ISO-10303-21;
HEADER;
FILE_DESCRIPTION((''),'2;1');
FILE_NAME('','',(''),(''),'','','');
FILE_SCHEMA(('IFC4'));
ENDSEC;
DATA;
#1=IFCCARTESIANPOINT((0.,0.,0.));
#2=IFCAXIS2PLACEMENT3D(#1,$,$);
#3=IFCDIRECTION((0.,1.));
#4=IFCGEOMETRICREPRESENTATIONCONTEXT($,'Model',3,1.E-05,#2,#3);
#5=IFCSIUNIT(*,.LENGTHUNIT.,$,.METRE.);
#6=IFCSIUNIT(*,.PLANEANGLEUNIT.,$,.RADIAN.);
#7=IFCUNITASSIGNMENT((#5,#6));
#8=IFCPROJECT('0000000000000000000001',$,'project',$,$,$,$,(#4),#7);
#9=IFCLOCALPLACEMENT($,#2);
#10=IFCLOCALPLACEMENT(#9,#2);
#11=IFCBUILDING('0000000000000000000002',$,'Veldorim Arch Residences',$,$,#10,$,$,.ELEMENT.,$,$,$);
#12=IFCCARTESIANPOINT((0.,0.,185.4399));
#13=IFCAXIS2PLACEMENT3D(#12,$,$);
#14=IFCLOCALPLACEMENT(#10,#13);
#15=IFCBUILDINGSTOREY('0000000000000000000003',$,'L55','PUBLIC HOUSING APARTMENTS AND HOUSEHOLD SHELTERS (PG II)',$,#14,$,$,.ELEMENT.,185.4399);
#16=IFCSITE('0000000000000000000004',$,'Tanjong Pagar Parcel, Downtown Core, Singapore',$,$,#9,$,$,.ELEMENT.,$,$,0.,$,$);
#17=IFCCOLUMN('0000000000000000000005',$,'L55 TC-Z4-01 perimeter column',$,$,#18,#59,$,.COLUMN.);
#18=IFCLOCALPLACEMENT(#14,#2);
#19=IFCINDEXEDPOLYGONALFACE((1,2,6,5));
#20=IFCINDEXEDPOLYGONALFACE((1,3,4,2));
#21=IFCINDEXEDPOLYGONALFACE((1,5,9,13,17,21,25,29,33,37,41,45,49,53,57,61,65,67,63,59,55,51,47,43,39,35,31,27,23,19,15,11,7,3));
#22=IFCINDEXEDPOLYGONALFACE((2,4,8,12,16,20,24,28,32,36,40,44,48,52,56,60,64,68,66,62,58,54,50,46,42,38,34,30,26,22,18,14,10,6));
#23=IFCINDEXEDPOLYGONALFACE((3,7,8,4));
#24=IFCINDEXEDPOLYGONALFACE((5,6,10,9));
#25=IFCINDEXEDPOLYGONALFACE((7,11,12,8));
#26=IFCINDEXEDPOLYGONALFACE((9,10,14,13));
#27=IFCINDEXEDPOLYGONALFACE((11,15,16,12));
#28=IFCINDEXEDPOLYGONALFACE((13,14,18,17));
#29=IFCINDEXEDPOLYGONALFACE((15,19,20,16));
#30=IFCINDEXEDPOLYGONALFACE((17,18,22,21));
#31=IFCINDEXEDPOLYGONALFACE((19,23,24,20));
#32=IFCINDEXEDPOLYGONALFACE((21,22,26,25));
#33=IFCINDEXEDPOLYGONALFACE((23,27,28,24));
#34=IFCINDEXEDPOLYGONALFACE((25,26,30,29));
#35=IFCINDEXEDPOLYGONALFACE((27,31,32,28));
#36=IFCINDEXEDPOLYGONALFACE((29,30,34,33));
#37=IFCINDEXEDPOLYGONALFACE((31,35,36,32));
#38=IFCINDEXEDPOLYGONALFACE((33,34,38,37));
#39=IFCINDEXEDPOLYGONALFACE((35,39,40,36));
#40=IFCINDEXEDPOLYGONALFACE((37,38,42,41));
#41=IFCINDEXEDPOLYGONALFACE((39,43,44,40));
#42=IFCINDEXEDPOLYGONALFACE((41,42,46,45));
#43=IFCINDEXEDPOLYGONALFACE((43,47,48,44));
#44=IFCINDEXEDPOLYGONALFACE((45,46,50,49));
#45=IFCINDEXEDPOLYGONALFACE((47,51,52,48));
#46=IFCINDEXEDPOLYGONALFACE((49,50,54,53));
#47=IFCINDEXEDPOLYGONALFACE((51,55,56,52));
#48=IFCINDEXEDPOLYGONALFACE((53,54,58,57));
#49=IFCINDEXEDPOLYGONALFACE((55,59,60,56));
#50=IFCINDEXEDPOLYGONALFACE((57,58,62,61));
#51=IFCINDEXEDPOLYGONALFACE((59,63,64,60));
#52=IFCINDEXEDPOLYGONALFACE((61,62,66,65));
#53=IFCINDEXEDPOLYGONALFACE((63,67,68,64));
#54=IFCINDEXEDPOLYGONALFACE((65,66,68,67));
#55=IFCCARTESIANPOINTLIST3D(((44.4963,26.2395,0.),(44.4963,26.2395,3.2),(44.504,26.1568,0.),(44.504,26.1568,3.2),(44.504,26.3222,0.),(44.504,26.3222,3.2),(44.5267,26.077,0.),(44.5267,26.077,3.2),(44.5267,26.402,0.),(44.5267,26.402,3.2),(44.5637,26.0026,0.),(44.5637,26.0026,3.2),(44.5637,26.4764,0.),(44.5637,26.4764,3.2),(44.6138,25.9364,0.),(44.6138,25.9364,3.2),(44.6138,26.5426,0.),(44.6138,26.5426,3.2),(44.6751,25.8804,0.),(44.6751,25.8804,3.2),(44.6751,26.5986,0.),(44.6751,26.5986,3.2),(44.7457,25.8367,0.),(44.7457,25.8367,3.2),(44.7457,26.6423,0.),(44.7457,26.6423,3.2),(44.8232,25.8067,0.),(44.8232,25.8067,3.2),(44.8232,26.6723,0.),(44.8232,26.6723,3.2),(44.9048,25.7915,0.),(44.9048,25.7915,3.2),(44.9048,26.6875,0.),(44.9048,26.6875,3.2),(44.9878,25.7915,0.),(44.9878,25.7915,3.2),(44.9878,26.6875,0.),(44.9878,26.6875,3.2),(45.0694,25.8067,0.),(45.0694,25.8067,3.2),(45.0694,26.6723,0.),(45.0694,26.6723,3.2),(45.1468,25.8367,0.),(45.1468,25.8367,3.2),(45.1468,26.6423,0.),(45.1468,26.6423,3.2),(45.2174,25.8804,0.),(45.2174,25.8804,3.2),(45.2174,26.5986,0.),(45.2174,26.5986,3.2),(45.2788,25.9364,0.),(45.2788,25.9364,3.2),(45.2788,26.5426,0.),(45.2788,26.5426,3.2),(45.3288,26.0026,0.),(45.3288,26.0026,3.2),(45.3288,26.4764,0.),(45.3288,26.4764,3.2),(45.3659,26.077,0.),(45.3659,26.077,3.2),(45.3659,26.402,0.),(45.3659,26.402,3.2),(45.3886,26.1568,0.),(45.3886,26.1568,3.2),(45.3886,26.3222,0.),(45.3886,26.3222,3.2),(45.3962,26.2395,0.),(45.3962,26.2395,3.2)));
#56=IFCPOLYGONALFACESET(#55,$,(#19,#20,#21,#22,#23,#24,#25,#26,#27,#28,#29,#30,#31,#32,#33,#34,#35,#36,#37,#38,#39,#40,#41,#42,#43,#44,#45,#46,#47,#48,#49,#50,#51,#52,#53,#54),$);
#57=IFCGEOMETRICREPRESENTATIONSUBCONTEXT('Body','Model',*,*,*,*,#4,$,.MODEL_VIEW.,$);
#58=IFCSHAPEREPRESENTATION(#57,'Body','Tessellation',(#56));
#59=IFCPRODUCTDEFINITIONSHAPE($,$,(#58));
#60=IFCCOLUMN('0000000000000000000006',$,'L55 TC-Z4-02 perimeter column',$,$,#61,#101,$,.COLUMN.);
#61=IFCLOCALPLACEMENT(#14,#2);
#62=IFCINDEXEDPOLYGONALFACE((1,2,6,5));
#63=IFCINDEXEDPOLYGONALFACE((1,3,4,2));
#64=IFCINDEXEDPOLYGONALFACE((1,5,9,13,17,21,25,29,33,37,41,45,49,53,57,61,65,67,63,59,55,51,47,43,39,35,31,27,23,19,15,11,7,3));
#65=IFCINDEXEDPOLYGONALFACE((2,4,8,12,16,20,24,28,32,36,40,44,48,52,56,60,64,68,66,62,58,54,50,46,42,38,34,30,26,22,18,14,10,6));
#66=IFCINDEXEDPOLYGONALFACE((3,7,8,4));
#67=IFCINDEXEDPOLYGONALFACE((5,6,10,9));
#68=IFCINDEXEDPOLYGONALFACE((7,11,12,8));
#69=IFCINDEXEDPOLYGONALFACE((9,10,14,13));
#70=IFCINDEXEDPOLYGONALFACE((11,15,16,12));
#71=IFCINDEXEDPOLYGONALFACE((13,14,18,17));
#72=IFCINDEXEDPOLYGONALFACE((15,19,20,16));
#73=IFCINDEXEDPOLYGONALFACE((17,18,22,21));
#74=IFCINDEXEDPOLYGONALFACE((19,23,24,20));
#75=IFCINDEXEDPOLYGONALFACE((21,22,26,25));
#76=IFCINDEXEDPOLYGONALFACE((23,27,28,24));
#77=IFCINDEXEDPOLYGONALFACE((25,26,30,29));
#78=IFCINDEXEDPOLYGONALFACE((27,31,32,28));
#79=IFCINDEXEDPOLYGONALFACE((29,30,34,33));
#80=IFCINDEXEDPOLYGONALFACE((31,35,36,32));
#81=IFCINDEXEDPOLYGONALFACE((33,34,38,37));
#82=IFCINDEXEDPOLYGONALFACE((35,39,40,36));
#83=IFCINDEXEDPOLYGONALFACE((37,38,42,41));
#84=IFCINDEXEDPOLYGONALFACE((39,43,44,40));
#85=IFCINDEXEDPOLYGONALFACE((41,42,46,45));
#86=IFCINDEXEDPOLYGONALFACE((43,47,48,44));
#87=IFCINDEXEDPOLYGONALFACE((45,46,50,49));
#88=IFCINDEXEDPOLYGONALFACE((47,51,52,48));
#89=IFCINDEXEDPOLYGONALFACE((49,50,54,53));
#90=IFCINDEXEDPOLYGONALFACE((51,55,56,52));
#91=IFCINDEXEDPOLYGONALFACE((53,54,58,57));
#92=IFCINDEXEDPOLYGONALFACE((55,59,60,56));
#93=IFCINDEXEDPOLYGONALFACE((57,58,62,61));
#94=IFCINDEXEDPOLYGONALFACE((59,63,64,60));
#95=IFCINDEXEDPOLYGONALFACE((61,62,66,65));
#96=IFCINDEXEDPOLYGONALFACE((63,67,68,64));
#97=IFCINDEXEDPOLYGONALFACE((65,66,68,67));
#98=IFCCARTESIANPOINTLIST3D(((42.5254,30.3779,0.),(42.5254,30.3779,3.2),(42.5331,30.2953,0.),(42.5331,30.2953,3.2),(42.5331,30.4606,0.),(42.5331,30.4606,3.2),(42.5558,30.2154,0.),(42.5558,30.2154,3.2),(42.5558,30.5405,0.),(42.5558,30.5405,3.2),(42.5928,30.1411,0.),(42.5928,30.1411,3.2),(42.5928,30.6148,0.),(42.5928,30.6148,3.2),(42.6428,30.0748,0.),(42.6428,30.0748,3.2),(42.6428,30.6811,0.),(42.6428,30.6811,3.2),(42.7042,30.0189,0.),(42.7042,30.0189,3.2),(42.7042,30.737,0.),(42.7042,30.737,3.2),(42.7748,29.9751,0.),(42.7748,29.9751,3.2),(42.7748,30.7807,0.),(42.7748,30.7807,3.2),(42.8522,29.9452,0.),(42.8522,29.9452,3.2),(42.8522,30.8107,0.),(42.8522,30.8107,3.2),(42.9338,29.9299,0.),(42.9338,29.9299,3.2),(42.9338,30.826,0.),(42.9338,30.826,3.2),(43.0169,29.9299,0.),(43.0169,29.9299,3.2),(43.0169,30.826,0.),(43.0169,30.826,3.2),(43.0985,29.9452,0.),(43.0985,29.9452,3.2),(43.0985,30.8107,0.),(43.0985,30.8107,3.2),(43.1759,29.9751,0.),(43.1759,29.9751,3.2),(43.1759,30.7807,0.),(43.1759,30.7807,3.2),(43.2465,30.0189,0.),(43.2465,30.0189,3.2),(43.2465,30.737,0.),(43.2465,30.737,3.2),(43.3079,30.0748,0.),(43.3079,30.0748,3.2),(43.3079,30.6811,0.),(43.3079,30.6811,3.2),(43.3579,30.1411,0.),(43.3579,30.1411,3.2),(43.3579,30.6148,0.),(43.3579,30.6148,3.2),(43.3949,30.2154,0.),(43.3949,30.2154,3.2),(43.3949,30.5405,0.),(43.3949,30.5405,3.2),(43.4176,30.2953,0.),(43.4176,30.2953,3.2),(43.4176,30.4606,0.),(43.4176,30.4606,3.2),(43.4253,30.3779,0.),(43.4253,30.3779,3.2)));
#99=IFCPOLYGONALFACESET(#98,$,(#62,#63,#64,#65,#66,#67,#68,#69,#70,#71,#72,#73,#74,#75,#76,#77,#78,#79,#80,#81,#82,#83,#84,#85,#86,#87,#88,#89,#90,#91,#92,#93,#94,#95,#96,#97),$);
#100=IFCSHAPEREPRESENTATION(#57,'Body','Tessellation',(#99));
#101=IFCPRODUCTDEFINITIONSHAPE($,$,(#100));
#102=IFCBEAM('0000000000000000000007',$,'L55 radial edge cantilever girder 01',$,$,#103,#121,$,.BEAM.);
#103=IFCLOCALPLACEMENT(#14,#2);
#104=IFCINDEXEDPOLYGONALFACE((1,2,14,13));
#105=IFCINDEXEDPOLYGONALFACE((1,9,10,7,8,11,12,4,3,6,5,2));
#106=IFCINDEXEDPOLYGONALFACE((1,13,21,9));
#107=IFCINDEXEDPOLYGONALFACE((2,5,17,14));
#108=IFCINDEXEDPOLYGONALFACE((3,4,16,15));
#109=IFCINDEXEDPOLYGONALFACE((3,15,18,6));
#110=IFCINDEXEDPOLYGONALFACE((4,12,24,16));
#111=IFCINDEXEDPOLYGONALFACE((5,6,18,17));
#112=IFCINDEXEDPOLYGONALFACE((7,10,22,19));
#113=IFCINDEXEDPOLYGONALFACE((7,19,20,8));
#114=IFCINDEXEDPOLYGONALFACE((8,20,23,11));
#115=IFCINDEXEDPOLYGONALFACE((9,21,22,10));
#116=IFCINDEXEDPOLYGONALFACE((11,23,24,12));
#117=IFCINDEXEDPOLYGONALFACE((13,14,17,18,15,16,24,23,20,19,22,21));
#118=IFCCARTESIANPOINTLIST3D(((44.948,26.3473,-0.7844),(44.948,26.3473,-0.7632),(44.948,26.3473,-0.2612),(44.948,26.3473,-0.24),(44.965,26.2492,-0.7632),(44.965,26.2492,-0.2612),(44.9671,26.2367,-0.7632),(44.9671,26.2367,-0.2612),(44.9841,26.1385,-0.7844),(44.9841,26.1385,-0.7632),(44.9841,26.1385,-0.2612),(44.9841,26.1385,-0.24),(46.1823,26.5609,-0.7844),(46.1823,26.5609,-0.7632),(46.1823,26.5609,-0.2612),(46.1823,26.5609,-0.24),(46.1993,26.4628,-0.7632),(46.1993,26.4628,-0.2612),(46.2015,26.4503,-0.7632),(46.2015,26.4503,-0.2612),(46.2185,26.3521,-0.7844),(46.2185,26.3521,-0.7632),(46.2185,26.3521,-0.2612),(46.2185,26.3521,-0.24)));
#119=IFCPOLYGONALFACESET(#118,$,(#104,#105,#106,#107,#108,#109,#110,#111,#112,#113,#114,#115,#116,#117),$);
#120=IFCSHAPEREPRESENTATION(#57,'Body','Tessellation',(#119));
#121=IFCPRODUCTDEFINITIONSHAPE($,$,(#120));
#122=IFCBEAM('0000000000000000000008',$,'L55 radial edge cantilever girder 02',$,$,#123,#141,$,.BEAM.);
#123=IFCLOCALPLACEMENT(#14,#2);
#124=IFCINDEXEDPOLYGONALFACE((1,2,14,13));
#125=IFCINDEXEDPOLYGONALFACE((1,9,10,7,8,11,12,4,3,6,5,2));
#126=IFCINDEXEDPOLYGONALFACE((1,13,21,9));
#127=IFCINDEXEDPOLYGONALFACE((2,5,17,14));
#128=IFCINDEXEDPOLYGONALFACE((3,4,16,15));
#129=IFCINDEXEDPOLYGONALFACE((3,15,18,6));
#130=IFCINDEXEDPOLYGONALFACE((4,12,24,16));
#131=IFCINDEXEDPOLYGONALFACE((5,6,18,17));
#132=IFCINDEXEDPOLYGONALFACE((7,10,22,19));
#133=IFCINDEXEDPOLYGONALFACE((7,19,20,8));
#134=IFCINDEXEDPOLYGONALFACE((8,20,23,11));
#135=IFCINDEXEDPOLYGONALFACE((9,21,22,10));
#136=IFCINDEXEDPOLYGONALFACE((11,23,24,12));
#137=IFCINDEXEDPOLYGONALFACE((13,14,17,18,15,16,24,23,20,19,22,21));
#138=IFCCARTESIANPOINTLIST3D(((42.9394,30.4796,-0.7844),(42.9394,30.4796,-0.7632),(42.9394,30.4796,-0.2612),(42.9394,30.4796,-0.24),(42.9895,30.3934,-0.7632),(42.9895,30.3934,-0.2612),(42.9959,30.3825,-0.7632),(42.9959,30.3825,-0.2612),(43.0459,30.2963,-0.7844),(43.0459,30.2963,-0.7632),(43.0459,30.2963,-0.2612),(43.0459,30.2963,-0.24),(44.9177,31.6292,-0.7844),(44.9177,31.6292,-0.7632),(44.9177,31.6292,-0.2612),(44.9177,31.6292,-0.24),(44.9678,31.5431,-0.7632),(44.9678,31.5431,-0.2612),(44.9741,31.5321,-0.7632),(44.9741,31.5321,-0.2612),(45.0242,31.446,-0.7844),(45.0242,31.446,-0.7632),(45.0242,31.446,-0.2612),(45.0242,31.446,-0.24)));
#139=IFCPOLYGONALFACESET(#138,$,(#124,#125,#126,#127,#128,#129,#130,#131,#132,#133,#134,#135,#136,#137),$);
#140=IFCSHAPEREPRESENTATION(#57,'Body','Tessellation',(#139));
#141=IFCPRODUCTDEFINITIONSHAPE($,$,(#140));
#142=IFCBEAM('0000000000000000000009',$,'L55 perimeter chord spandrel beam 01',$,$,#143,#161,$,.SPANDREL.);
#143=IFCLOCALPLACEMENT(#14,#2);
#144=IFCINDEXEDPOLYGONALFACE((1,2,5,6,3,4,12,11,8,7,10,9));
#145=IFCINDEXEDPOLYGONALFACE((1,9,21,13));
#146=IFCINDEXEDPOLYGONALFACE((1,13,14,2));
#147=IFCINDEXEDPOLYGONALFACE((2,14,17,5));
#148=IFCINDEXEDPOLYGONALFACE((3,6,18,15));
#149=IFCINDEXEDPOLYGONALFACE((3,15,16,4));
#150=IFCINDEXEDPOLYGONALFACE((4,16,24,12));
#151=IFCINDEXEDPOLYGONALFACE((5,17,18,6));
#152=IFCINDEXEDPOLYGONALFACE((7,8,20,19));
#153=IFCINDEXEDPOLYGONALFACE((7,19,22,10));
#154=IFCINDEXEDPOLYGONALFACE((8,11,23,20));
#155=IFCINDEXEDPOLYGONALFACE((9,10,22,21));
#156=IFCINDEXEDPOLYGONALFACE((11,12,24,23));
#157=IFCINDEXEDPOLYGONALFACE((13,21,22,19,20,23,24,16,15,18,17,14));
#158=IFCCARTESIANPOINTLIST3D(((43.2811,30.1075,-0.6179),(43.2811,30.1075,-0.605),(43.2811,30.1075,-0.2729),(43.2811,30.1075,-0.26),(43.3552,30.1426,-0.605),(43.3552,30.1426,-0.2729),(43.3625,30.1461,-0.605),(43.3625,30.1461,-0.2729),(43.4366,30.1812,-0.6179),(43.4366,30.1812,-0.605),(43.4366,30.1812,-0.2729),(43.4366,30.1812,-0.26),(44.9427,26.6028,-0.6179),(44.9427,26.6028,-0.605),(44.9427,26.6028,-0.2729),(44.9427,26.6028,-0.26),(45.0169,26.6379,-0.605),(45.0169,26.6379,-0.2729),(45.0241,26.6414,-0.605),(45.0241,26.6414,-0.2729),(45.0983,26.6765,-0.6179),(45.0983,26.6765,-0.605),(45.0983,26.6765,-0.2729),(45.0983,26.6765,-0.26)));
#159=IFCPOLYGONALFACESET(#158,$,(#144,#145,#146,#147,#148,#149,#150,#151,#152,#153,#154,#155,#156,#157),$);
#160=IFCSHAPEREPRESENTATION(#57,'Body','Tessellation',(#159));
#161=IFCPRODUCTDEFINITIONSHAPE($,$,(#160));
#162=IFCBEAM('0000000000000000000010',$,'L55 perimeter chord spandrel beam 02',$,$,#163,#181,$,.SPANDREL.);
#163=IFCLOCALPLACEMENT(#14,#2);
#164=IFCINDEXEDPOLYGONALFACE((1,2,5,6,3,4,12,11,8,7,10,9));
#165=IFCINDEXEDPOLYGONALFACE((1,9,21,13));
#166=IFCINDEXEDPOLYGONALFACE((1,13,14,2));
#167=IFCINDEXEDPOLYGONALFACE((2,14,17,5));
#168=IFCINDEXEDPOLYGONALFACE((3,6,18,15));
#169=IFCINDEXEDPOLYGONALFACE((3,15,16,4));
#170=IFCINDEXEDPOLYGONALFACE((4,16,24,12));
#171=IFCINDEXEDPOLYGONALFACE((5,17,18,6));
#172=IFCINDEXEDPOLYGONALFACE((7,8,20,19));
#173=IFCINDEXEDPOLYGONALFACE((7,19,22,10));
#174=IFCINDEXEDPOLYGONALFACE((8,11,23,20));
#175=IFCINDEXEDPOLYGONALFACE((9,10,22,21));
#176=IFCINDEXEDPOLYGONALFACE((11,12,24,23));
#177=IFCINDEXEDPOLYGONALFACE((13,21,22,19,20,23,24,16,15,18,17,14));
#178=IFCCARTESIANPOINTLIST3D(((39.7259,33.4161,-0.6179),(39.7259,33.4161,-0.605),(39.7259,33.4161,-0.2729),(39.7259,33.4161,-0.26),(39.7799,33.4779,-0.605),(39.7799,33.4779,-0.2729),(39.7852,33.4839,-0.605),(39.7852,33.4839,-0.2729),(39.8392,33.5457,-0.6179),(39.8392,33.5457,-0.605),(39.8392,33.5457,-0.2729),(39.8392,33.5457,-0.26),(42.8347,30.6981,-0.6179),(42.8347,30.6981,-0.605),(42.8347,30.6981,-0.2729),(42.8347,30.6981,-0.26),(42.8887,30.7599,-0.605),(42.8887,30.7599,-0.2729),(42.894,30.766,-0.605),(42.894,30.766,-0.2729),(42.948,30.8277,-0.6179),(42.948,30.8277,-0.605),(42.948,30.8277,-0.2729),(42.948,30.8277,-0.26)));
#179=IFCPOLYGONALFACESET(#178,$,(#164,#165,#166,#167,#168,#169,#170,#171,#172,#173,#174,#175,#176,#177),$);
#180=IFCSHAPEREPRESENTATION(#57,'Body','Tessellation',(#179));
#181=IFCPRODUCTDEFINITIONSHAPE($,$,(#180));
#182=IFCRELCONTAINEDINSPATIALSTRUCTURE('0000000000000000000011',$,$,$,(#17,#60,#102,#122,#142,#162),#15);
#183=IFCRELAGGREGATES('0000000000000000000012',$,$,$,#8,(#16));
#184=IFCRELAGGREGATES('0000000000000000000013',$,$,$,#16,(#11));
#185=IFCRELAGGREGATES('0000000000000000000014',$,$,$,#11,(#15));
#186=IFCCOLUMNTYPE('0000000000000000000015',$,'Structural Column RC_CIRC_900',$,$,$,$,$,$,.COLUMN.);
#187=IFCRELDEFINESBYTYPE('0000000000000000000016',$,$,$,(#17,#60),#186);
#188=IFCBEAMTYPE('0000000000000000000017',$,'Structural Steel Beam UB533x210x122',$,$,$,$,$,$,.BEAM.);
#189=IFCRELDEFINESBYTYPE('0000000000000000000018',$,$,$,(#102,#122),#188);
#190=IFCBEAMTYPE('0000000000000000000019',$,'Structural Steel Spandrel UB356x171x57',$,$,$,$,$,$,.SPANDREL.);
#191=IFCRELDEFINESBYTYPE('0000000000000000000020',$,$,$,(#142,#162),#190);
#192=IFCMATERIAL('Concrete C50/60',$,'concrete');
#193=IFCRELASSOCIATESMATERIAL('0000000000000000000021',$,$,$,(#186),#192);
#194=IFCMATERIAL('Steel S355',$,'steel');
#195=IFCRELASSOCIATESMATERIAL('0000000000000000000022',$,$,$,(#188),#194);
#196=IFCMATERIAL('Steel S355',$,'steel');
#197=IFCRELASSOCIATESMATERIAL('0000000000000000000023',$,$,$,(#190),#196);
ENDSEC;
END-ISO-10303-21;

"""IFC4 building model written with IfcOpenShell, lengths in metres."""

from ifc_helpers import new_model, si_unit, direction, frame, origin, origin_2d, place, context, subcontext, project, spatial, circle, i_section, extrude, material, material_profile, profile_set, type_object, element, save


model = new_model("IFC4")

# Units and contexts
model_context = context("Model", 3, precision=1e-05, world=origin(), true_north=direction((0.0, 1.0)))
body_context = subcontext(model_context, "Body", "Model", "MODEL_VIEW")
ifc_project = project(units=[si_unit("LENGTHUNIT", "METRE"), si_unit("PLANEANGLEUNIT", "RADIAN")], contexts=[model_context])

# Site, building, storey
site_placement = place(None, origin())
site = spatial("IfcSite", under=ifc_project, at=site_placement, Name="Tanjong Pagar Parcel, Downtown Core, Singapore", CompositionType="ELEMENT", RefElevation=0.0)
building_placement = place(site_placement, origin())
building = spatial("IfcBuilding", under=site, at=building_placement, Name="Veldorim Arch Residences", CompositionType="ELEMENT")
storey_placement = place(building_placement, frame((0.0, 0.0, 185.4399)))
storey = spatial("IfcBuildingStorey", under=building, at=storey_placement, Name="L55", Description="PUBLIC HOUSING APARTMENTS AND HOUSEHOLD SHELTERS (PG II)", CompositionType="ELEMENT", Elevation=185.4399)

# Columns
ifc_material_1 = material(Name="Concrete C50/60", Category="concrete")
ifc_material_profile_1 = material_profile(ifc_material_1, circle(Radius=0.45, at=origin_2d()), Name="RC_CIRC_900")
ifc_profile_set_1 = profile_set([ifc_material_profile_1], Name="Concrete C50/60")
column_type = type_object("IfcColumnType", Name="Structural Column RC_CIRC_900", PredefinedType="COLUMN", material=ifc_profile_set_1)
for number, where, z_axis, x_axis, name in (
    (1, (44.9463, 26.2395, 0.0), (0.0, 0.0, 1.0), (1.0, 0.0, 0.0), "L55 TC-Z4-01 perimeter column"),
    (2, (42.9753, 30.3779, 0.0), (0.0, 0.0, 1.0), (1.0, 0.0, 0.0), "L55 TC-Z4-02 perimeter column"),
):
    element("IfcColumn", number, at=place(storey_placement, frame(where, z_axis=z_axis, x_axis=x_axis)), inside=storey, type_object=column_type, Name=name, PredefinedType="COLUMN", context=body_context, shape_type="SweptSolid", body=[
        extrude(circle(Radius=0.45, at=origin_2d()), origin(), (0.0, 0.0, 1.0), 3.2),
    ])

# Beams
ifc_material_2 = material(Name="Steel S355", Category="steel")
ifc_material_profile_2 = material_profile(ifc_material_2, i_section(OverallWidth=0.2119, OverallDepth=0.5444, WebThickness=0.0127, FlangeThickness=0.0212, at=origin_2d()), Name="UB533x210x122")
ifc_profile_set_2 = profile_set([ifc_material_profile_2], Name="Steel S355")
beam_type_1 = type_object("IfcBeamType", Name="Structural Steel Beam UB533x210x122", PredefinedType="BEAM", material=ifc_profile_set_2)
beam_1_placement = place(storey_placement, frame((44.9661, 26.2429, -0.5122), z_axis=(0.985353, 0.170527, 0.0), x_axis=(-0.170527, 0.985353, 0.0)))
element("IfcBeam", 3, at=beam_1_placement, inside=storey, type_object=beam_type_1, Name="L55 radial edge cantilever girder 01", PredefinedType="BEAM", context=body_context, shape_type="SweptSolid", body=[
    extrude(i_section(OverallWidth=0.2119, OverallDepth=0.5444, WebThickness=0.0127, FlangeThickness=0.0212, at=origin_2d()), origin(), (0.0, 0.0, 1.0), 1.2527),
])
beam_2_placement = place(storey_placement, frame((42.9927, 30.3879, -0.5122), z_axis=(0.864602, 0.502457, 0.0), x_axis=(-0.502457, 0.864602, 0.0)))
element("IfcBeam", 4, at=beam_2_placement, inside=storey, type_object=beam_type_1, Name="L55 radial edge cantilever girder 02", PredefinedType="BEAM", context=body_context, shape_type="SweptSolid", body=[
    extrude(i_section(OverallWidth=0.2119, OverallDepth=0.5444, WebThickness=0.0127, FlangeThickness=0.0212, at=origin_2d()), origin(), (0.0, 0.0, 1.0), 2.2881),
])
ifc_material_3 = material(Name="Steel S355", Category="steel")
ifc_material_profile_3 = material_profile(ifc_material_3, i_section(OverallWidth=0.1721, OverallDepth=0.3579, WebThickness=0.0081, FlangeThickness=0.0129, at=origin_2d()), Name="UB356x171x57")
ifc_profile_set_3 = profile_set([ifc_material_profile_3], Name="Steel S355")
beam_type_2 = type_object("IfcBeamType", Name="Structural Steel Spandrel UB356x171x57", PredefinedType="SPANDREL", material=ifc_profile_set_3)
beam_3_placement = place(storey_placement, frame((45.0205, 26.6396, -0.439), z_axis=(-0.428408, 0.903585, 0.0), x_axis=(-0.903585, -0.428408, 0.0)))
element("IfcBeam", 5, at=beam_3_placement, inside=storey, type_object=beam_type_2, Name="L55 perimeter chord spandrel beam 01", PredefinedType="SPANDREL", context=body_context, shape_type="SweptSolid", body=[
    extrude(i_section(OverallWidth=0.1721, OverallDepth=0.3579, WebThickness=0.0081, FlangeThickness=0.0129, at=origin_2d()), origin(), (0.0, 0.0, 1.0), 3.8787),
])
beam_4_placement = place(storey_placement, frame((42.8914, 30.7629, -0.439), z_axis=(-0.752848, 0.658195, 0.0), x_axis=(-0.658195, -0.752848, 0.0)))
element("IfcBeam", 6, at=beam_4_placement, inside=storey, type_object=beam_type_2, Name="L55 perimeter chord spandrel beam 02", PredefinedType="SPANDREL", context=body_context, shape_type="SweptSolid", body=[
    extrude(i_section(OverallWidth=0.1721, OverallDepth=0.3579, WebThickness=0.0081, FlangeThickness=0.0129, at=origin_2d()), origin(), (0.0, 0.0, 1.0), 4.1294),
])

save(model, "model.ifc")
